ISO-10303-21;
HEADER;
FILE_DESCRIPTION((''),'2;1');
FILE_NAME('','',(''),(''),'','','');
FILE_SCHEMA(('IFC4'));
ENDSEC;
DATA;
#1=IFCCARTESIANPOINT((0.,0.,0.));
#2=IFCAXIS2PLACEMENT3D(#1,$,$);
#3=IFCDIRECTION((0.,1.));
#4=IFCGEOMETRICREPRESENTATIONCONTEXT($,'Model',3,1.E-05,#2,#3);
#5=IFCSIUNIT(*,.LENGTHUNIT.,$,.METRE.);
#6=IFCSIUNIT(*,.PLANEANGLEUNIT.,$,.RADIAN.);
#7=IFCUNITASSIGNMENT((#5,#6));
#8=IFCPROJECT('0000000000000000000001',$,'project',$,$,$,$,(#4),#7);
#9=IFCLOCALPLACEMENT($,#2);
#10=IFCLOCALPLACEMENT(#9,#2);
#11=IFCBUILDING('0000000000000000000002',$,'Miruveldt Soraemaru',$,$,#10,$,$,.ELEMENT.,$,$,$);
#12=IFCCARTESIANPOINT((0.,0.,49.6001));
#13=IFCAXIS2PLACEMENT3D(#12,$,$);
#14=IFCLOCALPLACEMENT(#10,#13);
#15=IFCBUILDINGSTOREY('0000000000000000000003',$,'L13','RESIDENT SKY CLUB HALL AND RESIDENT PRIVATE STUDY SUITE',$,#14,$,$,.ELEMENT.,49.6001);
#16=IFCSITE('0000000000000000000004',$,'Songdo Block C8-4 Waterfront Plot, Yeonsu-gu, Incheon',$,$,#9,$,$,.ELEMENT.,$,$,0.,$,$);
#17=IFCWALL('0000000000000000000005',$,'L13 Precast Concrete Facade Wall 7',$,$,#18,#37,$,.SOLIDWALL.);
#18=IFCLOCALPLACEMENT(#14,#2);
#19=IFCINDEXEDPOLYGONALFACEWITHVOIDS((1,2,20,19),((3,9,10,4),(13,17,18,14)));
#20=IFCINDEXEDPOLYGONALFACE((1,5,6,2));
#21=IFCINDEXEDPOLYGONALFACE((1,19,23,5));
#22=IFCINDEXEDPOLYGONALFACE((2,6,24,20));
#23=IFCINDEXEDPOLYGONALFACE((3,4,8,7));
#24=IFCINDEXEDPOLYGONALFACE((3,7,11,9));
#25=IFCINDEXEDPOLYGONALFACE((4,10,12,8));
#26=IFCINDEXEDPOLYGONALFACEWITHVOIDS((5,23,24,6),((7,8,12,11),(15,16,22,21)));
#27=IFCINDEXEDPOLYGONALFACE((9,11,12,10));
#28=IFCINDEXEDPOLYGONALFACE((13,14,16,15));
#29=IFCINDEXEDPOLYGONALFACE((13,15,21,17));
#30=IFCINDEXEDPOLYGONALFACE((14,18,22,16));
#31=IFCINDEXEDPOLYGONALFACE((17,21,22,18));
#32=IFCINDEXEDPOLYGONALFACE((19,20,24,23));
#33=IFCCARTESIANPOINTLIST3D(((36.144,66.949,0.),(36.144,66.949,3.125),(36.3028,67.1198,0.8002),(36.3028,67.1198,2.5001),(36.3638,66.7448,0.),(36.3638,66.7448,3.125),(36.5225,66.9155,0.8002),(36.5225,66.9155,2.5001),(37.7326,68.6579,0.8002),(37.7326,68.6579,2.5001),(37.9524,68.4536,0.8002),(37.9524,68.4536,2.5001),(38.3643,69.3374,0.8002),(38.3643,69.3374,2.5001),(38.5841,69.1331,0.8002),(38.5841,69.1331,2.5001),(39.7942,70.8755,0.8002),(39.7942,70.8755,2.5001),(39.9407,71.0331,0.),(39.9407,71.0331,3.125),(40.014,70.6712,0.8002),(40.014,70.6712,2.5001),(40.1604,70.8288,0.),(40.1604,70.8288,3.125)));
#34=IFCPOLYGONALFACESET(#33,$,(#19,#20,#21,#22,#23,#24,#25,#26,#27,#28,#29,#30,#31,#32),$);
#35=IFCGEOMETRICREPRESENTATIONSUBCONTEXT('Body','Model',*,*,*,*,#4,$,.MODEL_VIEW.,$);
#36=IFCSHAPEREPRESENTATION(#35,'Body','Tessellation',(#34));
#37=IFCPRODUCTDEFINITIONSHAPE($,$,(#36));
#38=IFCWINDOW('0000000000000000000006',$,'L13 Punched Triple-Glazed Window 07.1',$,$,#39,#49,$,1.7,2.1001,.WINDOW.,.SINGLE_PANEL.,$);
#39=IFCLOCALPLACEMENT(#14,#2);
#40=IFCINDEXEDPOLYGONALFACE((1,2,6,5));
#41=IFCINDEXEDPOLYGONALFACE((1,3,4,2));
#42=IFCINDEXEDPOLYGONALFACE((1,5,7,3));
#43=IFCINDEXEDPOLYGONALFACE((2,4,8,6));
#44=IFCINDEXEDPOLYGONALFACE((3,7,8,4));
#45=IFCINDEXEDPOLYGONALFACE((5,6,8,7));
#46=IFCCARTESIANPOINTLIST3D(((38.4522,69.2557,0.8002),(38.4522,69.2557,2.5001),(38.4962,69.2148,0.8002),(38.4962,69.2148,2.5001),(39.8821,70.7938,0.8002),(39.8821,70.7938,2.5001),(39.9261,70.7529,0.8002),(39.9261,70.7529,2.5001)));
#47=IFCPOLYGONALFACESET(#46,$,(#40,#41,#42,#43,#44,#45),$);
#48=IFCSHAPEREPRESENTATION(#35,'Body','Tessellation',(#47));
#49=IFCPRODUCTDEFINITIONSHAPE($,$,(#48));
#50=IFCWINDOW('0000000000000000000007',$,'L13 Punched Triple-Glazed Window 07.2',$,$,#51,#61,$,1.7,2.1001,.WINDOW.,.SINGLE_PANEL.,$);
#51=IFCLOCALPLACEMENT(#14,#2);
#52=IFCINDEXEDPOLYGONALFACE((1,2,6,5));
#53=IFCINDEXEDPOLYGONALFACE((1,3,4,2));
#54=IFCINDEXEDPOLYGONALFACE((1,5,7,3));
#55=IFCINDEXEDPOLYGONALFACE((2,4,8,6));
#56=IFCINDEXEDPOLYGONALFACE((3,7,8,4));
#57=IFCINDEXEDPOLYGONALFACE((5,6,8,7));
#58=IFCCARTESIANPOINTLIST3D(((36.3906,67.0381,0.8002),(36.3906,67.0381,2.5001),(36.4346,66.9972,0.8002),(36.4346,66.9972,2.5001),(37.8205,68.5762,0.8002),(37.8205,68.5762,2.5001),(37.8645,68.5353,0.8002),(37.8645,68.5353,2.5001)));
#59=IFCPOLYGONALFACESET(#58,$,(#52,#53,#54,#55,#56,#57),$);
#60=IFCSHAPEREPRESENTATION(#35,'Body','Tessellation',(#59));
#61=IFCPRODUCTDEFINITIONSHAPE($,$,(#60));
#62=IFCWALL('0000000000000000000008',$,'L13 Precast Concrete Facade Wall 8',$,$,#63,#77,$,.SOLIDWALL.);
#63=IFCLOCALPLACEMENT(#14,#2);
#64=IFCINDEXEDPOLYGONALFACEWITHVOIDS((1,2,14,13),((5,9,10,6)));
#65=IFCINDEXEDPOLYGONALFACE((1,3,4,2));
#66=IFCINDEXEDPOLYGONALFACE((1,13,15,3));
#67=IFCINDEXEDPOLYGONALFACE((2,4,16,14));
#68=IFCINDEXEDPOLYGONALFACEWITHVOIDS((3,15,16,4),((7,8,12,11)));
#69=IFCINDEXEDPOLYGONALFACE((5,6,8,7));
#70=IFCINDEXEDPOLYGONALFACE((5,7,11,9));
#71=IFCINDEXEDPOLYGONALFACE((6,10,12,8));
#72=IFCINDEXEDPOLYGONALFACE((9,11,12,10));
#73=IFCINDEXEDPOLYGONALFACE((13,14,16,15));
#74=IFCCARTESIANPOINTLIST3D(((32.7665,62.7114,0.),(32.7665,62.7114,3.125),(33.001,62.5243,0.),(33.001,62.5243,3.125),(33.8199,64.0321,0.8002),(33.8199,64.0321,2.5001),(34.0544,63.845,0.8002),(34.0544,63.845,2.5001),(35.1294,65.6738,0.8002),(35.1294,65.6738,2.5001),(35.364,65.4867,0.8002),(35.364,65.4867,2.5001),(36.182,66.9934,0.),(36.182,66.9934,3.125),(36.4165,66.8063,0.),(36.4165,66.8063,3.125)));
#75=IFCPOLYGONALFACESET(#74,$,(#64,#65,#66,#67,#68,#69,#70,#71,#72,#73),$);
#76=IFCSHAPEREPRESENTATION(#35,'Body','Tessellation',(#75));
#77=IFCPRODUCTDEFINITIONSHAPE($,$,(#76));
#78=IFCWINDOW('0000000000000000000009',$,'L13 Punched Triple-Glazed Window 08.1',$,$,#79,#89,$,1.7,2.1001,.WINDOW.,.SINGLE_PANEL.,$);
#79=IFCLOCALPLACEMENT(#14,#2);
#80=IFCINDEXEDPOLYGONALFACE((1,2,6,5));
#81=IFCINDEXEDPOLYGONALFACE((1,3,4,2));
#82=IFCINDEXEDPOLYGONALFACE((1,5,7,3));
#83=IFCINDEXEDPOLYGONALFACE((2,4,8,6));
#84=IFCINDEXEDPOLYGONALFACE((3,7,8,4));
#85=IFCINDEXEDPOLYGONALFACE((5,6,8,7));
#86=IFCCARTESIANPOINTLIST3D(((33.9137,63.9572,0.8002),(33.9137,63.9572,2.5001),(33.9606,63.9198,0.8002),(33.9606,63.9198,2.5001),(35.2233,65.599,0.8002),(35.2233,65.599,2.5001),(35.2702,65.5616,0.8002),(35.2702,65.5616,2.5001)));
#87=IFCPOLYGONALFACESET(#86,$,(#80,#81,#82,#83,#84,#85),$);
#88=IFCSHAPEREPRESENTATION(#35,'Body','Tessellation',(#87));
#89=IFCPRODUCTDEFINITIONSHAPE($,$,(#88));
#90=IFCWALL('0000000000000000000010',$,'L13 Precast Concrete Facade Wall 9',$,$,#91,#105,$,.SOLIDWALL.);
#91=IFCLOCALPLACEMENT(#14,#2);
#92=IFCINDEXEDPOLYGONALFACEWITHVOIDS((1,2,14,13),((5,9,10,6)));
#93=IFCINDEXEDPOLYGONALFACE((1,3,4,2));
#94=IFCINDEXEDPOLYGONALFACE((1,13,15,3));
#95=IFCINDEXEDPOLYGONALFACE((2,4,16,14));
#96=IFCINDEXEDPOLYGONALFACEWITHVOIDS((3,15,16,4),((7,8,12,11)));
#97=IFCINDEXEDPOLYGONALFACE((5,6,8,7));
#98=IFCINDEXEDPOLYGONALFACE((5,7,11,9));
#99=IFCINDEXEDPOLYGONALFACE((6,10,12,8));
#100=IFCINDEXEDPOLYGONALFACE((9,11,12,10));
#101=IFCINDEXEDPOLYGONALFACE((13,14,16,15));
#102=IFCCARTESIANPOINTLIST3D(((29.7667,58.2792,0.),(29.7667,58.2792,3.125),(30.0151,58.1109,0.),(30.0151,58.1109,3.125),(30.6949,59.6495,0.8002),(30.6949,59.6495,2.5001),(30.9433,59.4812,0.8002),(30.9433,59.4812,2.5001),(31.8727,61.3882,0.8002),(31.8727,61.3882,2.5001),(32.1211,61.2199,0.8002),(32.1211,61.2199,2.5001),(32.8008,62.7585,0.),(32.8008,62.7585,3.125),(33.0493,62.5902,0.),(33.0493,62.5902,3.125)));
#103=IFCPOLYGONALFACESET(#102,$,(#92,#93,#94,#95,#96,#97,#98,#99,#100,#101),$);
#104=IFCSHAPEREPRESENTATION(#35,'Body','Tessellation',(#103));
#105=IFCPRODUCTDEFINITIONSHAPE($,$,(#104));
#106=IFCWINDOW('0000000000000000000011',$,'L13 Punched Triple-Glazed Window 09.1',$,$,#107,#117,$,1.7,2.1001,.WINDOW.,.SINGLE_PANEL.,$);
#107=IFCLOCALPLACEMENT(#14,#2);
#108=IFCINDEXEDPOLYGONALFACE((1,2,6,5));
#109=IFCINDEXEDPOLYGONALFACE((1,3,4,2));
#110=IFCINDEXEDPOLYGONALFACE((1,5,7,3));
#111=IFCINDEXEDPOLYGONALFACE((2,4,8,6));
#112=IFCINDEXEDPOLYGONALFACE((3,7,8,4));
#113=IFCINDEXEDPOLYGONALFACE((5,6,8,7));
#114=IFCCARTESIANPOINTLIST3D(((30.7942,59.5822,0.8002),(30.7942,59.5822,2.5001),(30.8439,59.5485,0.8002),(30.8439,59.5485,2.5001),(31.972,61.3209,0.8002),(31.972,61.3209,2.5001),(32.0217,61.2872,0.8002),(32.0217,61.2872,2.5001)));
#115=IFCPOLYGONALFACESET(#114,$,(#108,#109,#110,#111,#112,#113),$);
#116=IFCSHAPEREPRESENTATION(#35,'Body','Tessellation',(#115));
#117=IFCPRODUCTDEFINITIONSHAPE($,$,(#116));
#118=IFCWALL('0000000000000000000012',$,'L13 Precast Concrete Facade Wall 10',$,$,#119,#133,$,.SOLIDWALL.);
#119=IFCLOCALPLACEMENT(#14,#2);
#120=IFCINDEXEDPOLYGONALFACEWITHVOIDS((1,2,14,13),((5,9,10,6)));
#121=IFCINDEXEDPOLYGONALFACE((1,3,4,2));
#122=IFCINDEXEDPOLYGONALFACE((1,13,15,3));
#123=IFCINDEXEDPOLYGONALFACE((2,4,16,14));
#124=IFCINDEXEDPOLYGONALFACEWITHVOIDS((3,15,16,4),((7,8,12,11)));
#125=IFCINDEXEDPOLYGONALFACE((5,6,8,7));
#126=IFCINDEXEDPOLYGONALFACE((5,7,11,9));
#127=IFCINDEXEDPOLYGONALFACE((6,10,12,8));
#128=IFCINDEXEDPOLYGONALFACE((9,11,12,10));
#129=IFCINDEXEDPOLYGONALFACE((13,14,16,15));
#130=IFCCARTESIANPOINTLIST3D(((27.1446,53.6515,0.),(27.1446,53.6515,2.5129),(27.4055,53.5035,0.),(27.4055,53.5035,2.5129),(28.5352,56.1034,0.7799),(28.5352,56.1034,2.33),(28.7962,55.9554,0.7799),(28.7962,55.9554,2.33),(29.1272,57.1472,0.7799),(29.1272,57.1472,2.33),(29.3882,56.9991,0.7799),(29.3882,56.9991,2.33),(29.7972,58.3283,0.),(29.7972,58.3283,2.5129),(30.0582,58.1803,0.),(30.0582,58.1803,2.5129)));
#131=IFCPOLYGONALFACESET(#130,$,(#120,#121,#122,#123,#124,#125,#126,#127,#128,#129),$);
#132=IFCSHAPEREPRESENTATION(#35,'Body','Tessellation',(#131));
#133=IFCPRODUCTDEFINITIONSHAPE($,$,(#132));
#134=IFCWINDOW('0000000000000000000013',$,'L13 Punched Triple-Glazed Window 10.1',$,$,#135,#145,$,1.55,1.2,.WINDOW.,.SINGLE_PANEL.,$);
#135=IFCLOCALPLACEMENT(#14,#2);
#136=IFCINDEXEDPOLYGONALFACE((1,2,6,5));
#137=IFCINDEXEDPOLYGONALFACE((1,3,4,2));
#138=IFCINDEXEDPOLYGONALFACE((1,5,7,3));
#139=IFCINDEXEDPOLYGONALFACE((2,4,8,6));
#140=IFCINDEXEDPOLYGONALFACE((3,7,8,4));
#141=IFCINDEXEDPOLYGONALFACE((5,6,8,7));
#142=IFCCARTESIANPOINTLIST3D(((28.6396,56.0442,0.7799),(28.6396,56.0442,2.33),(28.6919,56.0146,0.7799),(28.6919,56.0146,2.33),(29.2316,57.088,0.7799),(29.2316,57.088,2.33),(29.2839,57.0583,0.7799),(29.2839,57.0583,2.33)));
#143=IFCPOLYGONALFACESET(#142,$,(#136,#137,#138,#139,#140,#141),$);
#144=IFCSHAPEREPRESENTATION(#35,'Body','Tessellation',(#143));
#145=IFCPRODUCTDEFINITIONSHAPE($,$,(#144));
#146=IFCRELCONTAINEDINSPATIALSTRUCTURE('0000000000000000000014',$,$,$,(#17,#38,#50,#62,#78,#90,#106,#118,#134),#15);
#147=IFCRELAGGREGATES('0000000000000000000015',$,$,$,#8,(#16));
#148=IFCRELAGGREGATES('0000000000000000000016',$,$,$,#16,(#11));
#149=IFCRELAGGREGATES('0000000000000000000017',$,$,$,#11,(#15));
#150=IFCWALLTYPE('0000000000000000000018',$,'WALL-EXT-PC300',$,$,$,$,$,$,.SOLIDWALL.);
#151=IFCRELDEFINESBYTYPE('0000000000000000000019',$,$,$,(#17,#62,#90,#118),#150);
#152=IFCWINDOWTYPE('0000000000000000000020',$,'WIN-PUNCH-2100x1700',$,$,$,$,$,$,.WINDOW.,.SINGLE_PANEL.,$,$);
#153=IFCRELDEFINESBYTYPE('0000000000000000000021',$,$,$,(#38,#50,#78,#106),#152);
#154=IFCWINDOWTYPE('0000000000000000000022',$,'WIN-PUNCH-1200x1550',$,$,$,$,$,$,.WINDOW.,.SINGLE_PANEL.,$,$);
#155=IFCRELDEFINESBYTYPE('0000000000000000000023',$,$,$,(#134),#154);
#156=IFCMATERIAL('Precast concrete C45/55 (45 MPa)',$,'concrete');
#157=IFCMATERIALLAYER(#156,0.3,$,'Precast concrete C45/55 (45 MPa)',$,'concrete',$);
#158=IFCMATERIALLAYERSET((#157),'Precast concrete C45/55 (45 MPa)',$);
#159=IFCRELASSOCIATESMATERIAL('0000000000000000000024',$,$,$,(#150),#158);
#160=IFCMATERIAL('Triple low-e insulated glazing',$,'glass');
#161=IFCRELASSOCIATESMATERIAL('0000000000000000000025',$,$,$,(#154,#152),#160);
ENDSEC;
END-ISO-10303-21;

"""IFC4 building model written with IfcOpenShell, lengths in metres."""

from ifc_helpers import new_model, si_unit, direction, frame, frame_2d, origin, place, context, subcontext, project, spatial, rectangle, extrude, material, layer, layer_set, type_object, element, fill, save


model = new_model("IFC4")

# Units and contexts
model_context = context("Model", 3, precision=1e-05, world=origin(), true_north=direction((0.0, 1.0)))
body_context = subcontext(model_context, "Body", "Model", "MODEL_VIEW")
ifc_project = project(units=[si_unit("LENGTHUNIT", "METRE"), si_unit("PLANEANGLEUNIT", "RADIAN")], contexts=[model_context])

# Site, building, storey
site_placement = place(None, origin())
site = spatial("IfcSite", under=ifc_project, at=site_placement, Name="Songdo Block C8-4 Waterfront Plot, Yeonsu-gu, Incheon", CompositionType="ELEMENT", RefElevation=0.0)
building_placement = place(site_placement, origin())
building = spatial("IfcBuilding", under=site, at=building_placement, Name="Miruveldt Soraemaru", CompositionType="ELEMENT")
storey_placement = place(building_placement, frame((0.0, 0.0, 49.6001)))
storey = spatial("IfcBuildingStorey", under=building, at=storey_placement, Name="L13", Description="RESIDENT SKY CLUB HALL AND RESIDENT PRIVATE STUDY SUITE", CompositionType="ELEMENT", Elevation=49.6001)

# Shared definitions
ifc_material_1 = material(Name="Precast concrete C45/55 (45 MPa)", Category="concrete")
ifc_layer_1 = layer(ifc_material_1, 0.3, Name="Precast concrete C45/55 (45 MPa)", Category="concrete")
ifc_layer_set_1 = layer_set([ifc_layer_1], Name="Precast concrete C45/55 (45 MPa)")
wall_type_1 = type_object("IfcWallType", Name="WALL-EXT-PC300", PredefinedType="SOLIDWALL", material=ifc_layer_set_1)
ifc_material_2 = material(Name="Triple low-e insulated glazing", Category="glass")
window_type_1 = type_object("IfcWindowType", Name="WIN-PUNCH-1200x1550", PartitioningType="SINGLE_PANEL", PredefinedType="WINDOW", material=ifc_material_2)
window_type_2 = type_object("IfcWindowType", Name="WIN-PUNCH-2100x1700", PartitioningType="SINGLE_PANEL", PredefinedType="WINDOW", material=ifc_material_2)

# Wall, openings, windows
wall_1_placement = place(storey_placement, frame((40.0505, 70.9309, 0.0), z_axis=(0.0, 0.0, 1.0), x_axis=(-0.680871, -0.732404, 0.0)))
wall_1 = element("IfcWall", 1, at=wall_1_placement, inside=storey, type_object=wall_type_1, Name="L13 Precast Concrete Facade Wall 7", PredefinedType="SOLIDWALL", context=body_context, shape_type="SweptSolid", body=[
    extrude(rectangle(XDim=5.5762, YDim=0.3, at=frame_2d((2.7881, 0.0))), origin(), (0.0, 0.0, 1.0), 3.125),
])
opening_1_placement = place(wall_1_placement, frame((0.2151, 0.0, 0.8)))
opening_1 = element("IfcOpeningElement", 2, at=opening_1_placement, cuts=wall_1, PredefinedType="OPENING", context=body_context, shape_type="SweptSolid", body=[
    extrude(rectangle(XDim=2.1001, YDim=1.7, at=frame_2d((1.05, 0.8501))), frame((0.0, 0.1602, 0.0), z_axis=(0.0, -1.0, 0.0), x_axis=(1.0, 0.0, 0.0)), (0.0, 0.0, 1.0), 0.3201),
])
opening_2_placement = place(wall_1_placement, frame((3.2429, 0.0, 0.8)))
opening_2 = element("IfcOpeningElement", 3, at=opening_2_placement, cuts=wall_1, PredefinedType="OPENING", context=body_context, shape_type="SweptSolid", body=[
    extrude(rectangle(XDim=2.1001, YDim=1.7, at=frame_2d((1.05, 0.8501))), frame((0.0, 0.1602, 0.0), z_axis=(0.0, -1.0, 0.0), x_axis=(1.0, 0.0, 0.0)), (0.0, 0.0, 1.0), 0.3201),
])
window_1_placement = place(opening_1_placement, origin())
window_1 = element("IfcWindow", 4, at=window_1_placement, inside=storey, type_object=window_type_2, Name="L13 Punched Triple-Glazed Window 07.1", OverallHeight=1.7, OverallWidth=2.1001, PartitioningType="SINGLE_PANEL", PredefinedType="WINDOW", context=body_context, shape_type="SweptSolid", body=[
    extrude(rectangle(XDim=2.1001, YDim=1.7, at=frame_2d((1.05, 0.8501))), frame((0.0, 0.03, 0.0), z_axis=(0.0, -1.0, 0.0), x_axis=(1.0, 0.0, 0.0)), (0.0, 0.0, 1.0), 0.0601),
])
fill(opening_1, window_1)
window_2_placement = place(opening_2_placement, origin())
window_2 = element("IfcWindow", 5, at=window_2_placement, inside=storey, type_object=window_type_2, Name="L13 Punched Triple-Glazed Window 07.2", OverallHeight=1.7, OverallWidth=2.1001, PartitioningType="SINGLE_PANEL", PredefinedType="WINDOW", context=body_context, shape_type="SweptSolid", body=[
    extrude(rectangle(XDim=2.1001, YDim=1.7, at=frame_2d((1.05, 0.8501))), frame((0.0, 0.03, 0.0), z_axis=(0.0, -1.0, 0.0), x_axis=(1.0, 0.0, 0.0)), (0.0, 0.0, 1.0), 0.0601),
])
fill(opening_2, window_2)

# Walls, openings, windows
wall_2_placement = place(storey_placement, frame((36.2993, 66.8999, 0.0), z_axis=(0.0, 0.0, 1.0), x_axis=(-0.623575, -0.781764, 0.0)))
wall_2 = element("IfcWall", 6, at=wall_2_placement, inside=storey, type_object=wall_type_1, Name="L13 Precast Concrete Facade Wall 8", PredefinedType="SOLIDWALL", context=body_context, shape_type="SweptSolid", body=[
    extrude(rectangle(XDim=5.4773, YDim=0.3, at=frame_2d((2.7388, 0.0))), origin(), (0.0, 0.0, 1.0), 3.125),
])
opening_3_placement = place(wall_2_placement, frame((1.688, 0.0, 0.8)))
opening_3 = element("IfcOpeningElement", 7, at=opening_3_placement, cuts=wall_2, PredefinedType="OPENING", context=body_context, shape_type="SweptSolid", body=[
    extrude(rectangle(XDim=2.1001, YDim=1.7, at=frame_2d((1.05, 0.8501))), frame((0.0, 0.1602, 0.0), z_axis=(0.0, -1.0, 0.0), x_axis=(1.0, 0.0, 0.0)), (0.0, 0.0, 1.0), 0.3201),
])
window_3_placement = place(opening_3_placement, origin())
window_3 = element("IfcWindow", 8, at=window_3_placement, inside=storey, type_object=window_type_2, Name="L13 Punched Triple-Glazed Window 08.1", OverallHeight=1.7, OverallWidth=2.1001, PartitioningType="SINGLE_PANEL", PredefinedType="WINDOW", context=body_context, shape_type="SweptSolid", body=[
    extrude(rectangle(XDim=2.1001, YDim=1.7, at=frame_2d((1.05, 0.8501))), frame((0.0, 0.03, 0.0), z_axis=(0.0, -1.0, 0.0), x_axis=(1.0, 0.0, 0.0)), (0.0, 0.0, 1.0), 0.0601),
])
fill(opening_3, window_3)
wall_3_placement = place(storey_placement, frame((32.925, 62.6743, 0.0), z_axis=(0.0, 0.0, 1.0), x_axis=(-0.560829, -0.827932, 0.0)))
wall_3 = element("IfcWall", 9, at=wall_3_placement, inside=storey, type_object=wall_type_1, Name="L13 Precast Concrete Facade Wall 9", PredefinedType="SOLIDWALL", context=body_context, shape_type="SweptSolid", body=[
    extrude(rectangle(XDim=5.4102, YDim=0.3, at=frame_2d((2.7051, 0.0))), origin(), (0.0, 0.0, 1.0), 3.125),
])
opening_4_placement = place(wall_3_placement, frame((1.655, 0.0, 0.8)))
opening_4 = element("IfcOpeningElement", 10, at=opening_4_placement, cuts=wall_3, PredefinedType="OPENING", context=body_context, shape_type="SweptSolid", body=[
    extrude(rectangle(XDim=2.1001, YDim=1.7, at=frame_2d((1.05, 0.8501))), frame((0.0, 0.1602, 0.0), z_axis=(0.0, -1.0, 0.0), x_axis=(1.0, 0.0, 0.0)), (0.0, 0.0, 1.0), 0.3201),
])
window_4_placement = place(opening_4_placement, origin())
window_4 = element("IfcWindow", 11, at=window_4_placement, inside=storey, type_object=window_type_2, Name="L13 Punched Triple-Glazed Window 09.1", OverallHeight=1.7, OverallWidth=2.1001, PartitioningType="SINGLE_PANEL", PredefinedType="WINDOW", context=body_context, shape_type="SweptSolid", body=[
    extrude(rectangle(XDim=2.1001, YDim=1.7, at=frame_2d((1.05, 0.8501))), frame((0.0, 0.03, 0.0), z_axis=(0.0, -1.0, 0.0), x_axis=(1.0, 0.0, 0.0)), (0.0, 0.0, 1.0), 0.0601),
])
fill(opening_4, window_4)
wall_4_placement = place(storey_placement, frame((29.9277, 58.2544, 0.0), z_axis=(0.0, 0.0, 1.0), x_axis=(-0.493354, -0.869829, 0.0)))
wall_4 = element("IfcWall", 12, at=wall_4_placement, inside=storey, type_object=wall_type_1, Name="L13 Precast Concrete Facade Wall 10", PredefinedType="SOLIDWALL", context=body_context, shape_type="SweptSolid", body=[
    extrude(rectangle(XDim=5.3767, YDim=0.3, at=frame_2d((2.6885, 0.0))), origin(), (0.0, 0.0, 1.0), 2.5129),
])
opening_5_placement = place(wall_4_placement, frame((1.3579, 0.0, 0.78)))
opening_5 = element("IfcOpeningElement", 13, at=opening_5_placement, cuts=wall_4, PredefinedType="OPENING", context=body_context, shape_type="SweptSolid", body=[
    extrude(rectangle(XDim=1.2, YDim=1.55, at=frame_2d((0.6001, 0.7749))), frame((0.0, 0.1602, 0.0), z_axis=(0.0, -1.0, 0.0), x_axis=(1.0, 0.0, 0.0)), (0.0, 0.0, 1.0), 0.3201),
])
window_5_placement = place(opening_5_placement, origin())
window_5 = element("IfcWindow", 14, at=window_5_placement, inside=storey, type_object=window_type_1, Name="L13 Punched Triple-Glazed Window 10.1", OverallHeight=1.55, OverallWidth=1.2, PartitioningType="SINGLE_PANEL", PredefinedType="WINDOW", context=body_context, shape_type="SweptSolid", body=[
    extrude(rectangle(XDim=1.2, YDim=1.55, at=frame_2d((0.6001, 0.7749))), frame((0.0, 0.03, 0.0), z_axis=(0.0, -1.0, 0.0), x_axis=(1.0, 0.0, 0.0)), (0.0, 0.0, 1.0), 0.0601),
])
fill(opening_5, window_5)

save(model, "model.ifc")
